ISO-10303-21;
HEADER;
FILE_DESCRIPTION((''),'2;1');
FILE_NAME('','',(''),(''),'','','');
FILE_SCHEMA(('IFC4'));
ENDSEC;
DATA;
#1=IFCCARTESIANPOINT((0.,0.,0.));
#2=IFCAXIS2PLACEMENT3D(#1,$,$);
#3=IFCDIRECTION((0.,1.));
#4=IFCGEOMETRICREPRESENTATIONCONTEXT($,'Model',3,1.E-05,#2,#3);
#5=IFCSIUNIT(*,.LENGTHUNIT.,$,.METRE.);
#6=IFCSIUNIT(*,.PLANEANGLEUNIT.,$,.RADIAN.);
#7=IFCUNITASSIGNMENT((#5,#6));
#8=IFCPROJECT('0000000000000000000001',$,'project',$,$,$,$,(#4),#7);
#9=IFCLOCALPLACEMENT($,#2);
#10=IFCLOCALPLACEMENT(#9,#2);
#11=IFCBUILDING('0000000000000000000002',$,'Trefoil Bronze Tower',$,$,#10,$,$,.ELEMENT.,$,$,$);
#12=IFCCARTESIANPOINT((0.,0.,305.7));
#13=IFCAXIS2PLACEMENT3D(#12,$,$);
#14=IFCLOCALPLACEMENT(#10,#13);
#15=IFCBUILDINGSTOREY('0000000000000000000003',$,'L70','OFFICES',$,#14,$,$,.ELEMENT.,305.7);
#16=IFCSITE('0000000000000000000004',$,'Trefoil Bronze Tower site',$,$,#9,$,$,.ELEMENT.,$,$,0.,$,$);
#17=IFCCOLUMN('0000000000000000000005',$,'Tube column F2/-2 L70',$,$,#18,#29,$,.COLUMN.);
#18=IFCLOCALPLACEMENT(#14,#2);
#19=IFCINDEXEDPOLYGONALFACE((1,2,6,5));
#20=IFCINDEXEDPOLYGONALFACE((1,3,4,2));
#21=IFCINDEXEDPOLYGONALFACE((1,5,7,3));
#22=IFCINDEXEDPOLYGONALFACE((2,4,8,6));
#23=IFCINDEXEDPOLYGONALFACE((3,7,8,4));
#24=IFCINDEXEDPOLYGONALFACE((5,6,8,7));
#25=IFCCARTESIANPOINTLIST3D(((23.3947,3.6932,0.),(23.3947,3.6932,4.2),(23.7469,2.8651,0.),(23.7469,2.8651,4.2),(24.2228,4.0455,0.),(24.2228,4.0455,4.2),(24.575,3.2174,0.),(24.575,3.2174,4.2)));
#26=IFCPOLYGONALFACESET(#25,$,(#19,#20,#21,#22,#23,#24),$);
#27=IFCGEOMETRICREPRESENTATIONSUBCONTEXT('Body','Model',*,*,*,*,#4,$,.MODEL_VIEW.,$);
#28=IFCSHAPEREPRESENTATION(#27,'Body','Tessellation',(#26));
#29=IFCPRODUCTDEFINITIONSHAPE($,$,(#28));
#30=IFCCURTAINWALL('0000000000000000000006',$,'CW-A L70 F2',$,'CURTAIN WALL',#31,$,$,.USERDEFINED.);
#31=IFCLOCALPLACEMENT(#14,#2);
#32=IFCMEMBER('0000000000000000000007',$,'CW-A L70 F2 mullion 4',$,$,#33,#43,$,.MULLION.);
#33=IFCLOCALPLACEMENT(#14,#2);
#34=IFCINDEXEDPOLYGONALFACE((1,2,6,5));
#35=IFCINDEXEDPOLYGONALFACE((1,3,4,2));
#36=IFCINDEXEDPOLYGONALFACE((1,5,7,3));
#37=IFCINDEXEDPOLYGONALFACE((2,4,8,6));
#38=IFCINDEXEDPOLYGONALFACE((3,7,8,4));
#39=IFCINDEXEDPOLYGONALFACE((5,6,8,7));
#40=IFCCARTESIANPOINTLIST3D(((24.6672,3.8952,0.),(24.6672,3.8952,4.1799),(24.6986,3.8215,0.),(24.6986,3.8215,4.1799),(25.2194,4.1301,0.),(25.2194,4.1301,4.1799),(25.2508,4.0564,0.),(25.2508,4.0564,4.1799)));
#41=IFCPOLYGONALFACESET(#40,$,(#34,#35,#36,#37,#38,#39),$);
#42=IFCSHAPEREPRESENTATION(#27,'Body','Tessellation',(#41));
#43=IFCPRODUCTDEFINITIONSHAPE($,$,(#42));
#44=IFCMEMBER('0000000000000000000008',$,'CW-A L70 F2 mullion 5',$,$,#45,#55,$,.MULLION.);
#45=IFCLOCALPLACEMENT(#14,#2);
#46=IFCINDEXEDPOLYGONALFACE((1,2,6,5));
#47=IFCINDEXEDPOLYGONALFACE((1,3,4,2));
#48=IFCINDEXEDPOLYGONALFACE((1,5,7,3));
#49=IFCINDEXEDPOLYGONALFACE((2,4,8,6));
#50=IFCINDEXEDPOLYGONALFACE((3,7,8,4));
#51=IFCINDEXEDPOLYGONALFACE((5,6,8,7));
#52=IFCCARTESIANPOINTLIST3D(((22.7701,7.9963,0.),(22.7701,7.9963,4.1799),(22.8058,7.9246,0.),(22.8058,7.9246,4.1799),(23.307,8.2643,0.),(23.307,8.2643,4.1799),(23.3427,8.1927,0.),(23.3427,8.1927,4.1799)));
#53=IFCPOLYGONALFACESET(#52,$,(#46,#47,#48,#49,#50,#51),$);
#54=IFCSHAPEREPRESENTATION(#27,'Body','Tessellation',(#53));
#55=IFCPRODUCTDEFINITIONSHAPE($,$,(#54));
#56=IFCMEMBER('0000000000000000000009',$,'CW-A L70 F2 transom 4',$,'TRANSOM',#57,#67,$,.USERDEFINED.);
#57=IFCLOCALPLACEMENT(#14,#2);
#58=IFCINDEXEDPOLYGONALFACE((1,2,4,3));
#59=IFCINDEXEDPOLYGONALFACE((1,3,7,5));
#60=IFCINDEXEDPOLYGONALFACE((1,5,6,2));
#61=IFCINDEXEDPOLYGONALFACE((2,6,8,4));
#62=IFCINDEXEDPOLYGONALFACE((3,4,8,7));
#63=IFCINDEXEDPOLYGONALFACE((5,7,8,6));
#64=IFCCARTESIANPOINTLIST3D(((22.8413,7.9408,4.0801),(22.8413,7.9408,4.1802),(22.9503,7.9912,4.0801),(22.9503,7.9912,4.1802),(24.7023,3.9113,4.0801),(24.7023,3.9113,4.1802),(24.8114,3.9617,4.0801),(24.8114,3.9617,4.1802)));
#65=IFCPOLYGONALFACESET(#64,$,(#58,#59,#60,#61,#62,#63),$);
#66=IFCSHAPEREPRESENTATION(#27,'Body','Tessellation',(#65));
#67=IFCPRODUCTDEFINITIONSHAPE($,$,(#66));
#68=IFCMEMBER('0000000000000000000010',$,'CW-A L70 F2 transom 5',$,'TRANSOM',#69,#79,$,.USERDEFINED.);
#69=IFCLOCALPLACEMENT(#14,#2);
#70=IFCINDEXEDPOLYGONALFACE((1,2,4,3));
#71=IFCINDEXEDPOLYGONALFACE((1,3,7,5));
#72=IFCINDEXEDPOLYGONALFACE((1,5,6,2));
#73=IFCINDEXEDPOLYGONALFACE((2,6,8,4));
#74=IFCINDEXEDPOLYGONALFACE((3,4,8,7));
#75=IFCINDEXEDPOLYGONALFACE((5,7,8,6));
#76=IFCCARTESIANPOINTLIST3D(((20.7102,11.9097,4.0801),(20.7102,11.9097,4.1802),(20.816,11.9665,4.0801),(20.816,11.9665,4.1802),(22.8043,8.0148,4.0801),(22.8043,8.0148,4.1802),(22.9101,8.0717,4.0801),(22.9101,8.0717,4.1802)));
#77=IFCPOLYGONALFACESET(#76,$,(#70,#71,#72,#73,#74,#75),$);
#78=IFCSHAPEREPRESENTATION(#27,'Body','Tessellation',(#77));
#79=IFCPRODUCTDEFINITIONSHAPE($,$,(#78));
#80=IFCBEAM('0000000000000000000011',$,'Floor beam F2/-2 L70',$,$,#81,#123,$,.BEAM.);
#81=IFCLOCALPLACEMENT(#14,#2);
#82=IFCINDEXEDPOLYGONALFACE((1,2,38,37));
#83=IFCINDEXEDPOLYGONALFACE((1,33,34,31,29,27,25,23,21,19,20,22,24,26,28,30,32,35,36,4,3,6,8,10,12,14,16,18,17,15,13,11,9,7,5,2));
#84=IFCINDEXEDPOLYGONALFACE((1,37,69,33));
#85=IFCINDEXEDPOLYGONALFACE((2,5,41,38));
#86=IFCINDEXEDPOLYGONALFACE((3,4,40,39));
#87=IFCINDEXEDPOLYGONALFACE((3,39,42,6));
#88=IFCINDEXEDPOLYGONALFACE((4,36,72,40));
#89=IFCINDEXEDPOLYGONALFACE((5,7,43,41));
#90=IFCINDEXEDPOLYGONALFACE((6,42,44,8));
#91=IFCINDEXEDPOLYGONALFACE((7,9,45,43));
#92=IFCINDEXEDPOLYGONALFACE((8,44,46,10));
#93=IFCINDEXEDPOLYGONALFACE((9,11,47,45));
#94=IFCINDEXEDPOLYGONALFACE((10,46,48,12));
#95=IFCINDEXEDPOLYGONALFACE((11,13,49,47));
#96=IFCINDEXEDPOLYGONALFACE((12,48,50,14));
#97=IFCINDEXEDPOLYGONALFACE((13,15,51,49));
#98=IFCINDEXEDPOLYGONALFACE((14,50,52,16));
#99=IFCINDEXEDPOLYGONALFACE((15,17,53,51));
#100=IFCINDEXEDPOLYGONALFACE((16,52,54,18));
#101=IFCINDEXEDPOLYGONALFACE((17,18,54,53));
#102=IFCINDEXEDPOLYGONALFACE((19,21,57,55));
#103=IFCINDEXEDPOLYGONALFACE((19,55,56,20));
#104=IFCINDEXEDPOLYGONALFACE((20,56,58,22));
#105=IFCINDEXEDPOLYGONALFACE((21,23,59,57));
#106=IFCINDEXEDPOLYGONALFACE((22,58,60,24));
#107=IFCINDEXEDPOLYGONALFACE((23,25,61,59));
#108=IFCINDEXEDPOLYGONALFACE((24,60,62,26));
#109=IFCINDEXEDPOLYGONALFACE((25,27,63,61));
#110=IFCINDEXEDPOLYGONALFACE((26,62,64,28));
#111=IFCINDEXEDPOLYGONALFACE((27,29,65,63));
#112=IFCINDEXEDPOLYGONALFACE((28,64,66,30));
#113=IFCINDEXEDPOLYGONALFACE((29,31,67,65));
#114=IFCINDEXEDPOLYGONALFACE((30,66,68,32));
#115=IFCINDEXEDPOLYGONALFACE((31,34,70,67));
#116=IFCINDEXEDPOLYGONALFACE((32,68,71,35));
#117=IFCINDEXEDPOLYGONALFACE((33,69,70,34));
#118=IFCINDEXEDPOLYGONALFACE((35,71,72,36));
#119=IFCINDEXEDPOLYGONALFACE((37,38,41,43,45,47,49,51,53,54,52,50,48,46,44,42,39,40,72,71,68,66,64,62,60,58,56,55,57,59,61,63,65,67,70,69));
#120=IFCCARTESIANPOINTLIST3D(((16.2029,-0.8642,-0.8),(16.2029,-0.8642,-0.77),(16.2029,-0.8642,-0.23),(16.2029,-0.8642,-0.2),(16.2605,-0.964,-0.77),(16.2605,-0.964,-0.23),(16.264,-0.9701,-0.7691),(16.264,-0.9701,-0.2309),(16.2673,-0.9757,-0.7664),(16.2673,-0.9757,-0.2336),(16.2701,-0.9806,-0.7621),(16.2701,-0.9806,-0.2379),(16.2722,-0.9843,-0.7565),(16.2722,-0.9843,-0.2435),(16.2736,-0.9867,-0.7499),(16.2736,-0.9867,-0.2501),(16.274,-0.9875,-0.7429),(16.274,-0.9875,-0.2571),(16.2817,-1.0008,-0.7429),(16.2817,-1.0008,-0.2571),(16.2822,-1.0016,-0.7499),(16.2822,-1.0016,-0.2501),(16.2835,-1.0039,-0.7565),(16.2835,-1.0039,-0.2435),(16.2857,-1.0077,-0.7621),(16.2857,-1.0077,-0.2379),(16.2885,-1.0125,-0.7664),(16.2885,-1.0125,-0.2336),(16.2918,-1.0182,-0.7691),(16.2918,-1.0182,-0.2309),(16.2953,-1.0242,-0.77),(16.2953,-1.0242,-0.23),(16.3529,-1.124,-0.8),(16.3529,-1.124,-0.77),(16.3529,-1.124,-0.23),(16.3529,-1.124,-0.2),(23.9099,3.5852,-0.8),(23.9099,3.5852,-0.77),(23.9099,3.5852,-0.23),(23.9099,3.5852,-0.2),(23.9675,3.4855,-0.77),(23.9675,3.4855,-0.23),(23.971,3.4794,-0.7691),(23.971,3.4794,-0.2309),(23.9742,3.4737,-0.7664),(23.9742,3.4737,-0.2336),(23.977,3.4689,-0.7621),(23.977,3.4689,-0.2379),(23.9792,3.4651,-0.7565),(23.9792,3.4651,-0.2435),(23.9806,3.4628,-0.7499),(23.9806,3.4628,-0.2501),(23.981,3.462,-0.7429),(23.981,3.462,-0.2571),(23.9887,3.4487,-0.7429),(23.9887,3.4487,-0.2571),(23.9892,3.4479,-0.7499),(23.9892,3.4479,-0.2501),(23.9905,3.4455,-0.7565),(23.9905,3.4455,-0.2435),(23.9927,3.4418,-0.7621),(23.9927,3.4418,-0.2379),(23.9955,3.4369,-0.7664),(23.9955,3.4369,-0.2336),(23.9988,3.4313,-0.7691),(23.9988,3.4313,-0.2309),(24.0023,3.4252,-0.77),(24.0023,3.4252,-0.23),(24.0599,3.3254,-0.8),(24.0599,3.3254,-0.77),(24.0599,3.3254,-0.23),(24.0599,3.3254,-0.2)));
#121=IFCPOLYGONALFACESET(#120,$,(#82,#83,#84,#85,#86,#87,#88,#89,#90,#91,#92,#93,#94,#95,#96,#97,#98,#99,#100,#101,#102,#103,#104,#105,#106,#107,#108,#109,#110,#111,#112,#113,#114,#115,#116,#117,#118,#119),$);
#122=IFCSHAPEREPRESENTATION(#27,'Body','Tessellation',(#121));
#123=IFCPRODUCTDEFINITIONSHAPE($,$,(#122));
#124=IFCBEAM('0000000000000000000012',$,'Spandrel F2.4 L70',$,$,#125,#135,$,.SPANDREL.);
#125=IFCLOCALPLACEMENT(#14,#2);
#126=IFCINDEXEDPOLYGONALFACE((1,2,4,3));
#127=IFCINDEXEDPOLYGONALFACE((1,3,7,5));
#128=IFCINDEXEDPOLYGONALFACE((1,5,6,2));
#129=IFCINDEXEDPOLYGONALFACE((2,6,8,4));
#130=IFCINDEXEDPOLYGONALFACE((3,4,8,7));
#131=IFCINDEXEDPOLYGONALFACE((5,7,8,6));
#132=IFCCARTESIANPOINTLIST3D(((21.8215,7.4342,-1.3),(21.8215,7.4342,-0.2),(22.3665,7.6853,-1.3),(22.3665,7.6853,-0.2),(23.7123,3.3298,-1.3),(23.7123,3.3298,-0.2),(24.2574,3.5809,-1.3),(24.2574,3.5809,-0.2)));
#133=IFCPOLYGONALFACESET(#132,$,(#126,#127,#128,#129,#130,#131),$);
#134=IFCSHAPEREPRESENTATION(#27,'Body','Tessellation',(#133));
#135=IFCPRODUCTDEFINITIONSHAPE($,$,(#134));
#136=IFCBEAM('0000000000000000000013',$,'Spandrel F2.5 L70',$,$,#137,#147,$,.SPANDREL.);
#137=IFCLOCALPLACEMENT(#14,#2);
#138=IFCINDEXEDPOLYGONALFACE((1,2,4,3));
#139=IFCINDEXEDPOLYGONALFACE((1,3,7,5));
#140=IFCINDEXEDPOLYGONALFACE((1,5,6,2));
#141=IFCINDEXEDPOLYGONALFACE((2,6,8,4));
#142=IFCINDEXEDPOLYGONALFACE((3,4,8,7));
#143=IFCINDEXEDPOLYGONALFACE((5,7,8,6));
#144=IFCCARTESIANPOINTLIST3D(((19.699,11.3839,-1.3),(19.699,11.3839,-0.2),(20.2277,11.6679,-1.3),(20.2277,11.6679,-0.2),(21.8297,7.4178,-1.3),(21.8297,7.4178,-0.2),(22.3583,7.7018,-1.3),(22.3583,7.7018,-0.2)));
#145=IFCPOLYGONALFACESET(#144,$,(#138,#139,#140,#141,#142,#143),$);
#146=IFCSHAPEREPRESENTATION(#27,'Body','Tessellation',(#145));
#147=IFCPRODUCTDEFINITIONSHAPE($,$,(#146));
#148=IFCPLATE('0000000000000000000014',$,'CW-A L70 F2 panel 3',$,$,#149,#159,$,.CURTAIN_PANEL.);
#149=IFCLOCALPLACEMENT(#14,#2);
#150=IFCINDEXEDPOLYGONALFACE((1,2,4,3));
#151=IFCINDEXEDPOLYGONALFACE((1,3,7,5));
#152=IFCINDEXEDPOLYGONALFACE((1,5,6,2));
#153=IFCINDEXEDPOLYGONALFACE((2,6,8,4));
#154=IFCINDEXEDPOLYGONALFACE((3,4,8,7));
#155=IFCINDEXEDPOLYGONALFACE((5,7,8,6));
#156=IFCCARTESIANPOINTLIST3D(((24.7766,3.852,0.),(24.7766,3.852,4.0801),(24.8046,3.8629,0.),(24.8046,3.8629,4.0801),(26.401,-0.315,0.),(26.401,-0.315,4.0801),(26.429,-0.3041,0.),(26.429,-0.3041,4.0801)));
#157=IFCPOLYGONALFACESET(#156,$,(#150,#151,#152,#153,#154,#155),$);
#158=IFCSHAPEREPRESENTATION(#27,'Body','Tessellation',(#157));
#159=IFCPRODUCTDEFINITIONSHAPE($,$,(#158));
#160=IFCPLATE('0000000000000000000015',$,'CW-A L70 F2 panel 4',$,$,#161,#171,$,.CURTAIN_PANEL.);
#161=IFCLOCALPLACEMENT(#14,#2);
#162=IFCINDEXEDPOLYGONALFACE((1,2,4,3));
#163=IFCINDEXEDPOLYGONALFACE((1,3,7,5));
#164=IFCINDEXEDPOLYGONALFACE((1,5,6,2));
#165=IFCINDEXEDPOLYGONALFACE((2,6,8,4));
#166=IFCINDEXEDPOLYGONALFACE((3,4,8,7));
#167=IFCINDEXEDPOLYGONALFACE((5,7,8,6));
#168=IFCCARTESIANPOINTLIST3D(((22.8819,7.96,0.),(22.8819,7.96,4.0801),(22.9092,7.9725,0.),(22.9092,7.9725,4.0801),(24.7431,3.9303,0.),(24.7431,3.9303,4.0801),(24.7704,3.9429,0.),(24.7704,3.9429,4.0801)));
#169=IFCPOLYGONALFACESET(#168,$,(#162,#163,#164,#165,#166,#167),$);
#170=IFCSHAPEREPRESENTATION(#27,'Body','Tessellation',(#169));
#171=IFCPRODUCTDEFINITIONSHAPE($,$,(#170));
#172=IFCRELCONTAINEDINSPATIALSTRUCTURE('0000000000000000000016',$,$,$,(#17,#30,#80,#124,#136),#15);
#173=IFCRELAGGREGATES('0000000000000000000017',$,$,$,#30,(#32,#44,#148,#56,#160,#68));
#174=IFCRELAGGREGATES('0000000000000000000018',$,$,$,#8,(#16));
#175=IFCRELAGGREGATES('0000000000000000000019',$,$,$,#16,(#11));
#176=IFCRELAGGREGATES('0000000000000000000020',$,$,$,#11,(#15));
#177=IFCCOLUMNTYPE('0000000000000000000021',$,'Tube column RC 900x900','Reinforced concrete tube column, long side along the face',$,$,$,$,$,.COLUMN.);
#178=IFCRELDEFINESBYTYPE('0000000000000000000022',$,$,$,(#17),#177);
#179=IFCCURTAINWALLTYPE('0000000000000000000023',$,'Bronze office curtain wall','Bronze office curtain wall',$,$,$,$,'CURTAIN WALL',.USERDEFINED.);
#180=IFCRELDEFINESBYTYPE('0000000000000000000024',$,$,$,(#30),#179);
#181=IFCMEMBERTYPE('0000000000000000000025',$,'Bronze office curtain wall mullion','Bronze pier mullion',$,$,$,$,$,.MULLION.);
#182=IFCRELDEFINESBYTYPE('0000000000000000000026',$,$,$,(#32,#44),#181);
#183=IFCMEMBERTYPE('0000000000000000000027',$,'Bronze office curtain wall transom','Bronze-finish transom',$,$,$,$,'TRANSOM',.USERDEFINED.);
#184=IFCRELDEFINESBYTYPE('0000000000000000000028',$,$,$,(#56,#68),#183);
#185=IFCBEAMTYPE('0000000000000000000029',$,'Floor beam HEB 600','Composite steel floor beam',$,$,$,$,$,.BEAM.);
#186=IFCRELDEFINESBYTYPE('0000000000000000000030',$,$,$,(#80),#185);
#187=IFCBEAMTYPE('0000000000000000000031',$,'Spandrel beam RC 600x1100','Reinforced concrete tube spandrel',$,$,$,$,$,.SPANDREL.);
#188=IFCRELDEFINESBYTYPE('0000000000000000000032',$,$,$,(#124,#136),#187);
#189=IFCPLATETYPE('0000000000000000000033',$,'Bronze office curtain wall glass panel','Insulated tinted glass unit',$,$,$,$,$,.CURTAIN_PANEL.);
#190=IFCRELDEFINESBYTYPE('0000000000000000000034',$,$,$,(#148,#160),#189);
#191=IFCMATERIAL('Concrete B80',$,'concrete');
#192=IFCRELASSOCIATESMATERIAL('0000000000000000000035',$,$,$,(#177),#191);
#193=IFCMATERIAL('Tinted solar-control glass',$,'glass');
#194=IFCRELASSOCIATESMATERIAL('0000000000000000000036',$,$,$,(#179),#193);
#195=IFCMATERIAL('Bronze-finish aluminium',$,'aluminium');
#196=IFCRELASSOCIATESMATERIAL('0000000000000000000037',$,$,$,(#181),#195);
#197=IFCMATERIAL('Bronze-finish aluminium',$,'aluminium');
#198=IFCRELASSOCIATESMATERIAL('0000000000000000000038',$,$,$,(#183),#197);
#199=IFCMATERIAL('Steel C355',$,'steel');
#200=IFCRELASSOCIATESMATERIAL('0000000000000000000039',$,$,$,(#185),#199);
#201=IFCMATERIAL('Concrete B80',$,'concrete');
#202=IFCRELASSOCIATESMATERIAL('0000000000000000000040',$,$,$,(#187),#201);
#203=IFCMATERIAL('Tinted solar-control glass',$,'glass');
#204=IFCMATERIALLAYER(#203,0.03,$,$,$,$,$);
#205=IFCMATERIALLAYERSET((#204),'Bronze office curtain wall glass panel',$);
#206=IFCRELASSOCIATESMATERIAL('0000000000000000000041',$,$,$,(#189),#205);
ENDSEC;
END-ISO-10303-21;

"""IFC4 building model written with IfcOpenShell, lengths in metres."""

from ifc_helpers import new_model, si_unit, direction, frame, origin, origin_2d, place, context, subcontext, project, spatial, rectangle, i_section, extrude, material, layer, layer_set, material_profile, profile_set, type_object, element, aggregate, save


model = new_model("IFC4")

# Units and contexts
model_context = context("Model", 3, precision=1e-05, world=origin(), true_north=direction((0.0, 1.0)))
body_context = subcontext(model_context, "Body", "Model", "MODEL_VIEW")
ifc_project = project(units=[si_unit("LENGTHUNIT", "METRE"), si_unit("PLANEANGLEUNIT", "RADIAN")], contexts=[model_context])

# Site, building, storey
site_placement = place(None, origin())
site = spatial("IfcSite", under=ifc_project, at=site_placement, Name="Trefoil Bronze Tower site", CompositionType="ELEMENT", RefElevation=0.0)
building_placement = place(site_placement, origin())
building = spatial("IfcBuilding", under=site, at=building_placement, Name="Trefoil Bronze Tower", CompositionType="ELEMENT")
storey_placement = place(building_placement, frame((0.0, 0.0, 305.7)))
storey = spatial("IfcBuildingStorey", under=building, at=storey_placement, Name="L70", Description="OFFICES", CompositionType="ELEMENT", Elevation=305.7)

# Column
ifc_material_1 = material(Name="Concrete B80", Category="concrete")
ifc_material_profile_1 = material_profile(ifc_material_1, rectangle(XDim=0.8999, YDim=0.8999, at=origin_2d()), Name="RC 900x900")
ifc_profile_set_1 = profile_set([ifc_material_profile_1], Name="Concrete B80")
column_type = type_object("IfcColumnType", Name="Tube column RC 900x900", Description="Reinforced concrete tube column, long side along the face", PredefinedType="COLUMN", material=ifc_profile_set_1)
column_placement = place(storey_placement, frame((23.9849, 3.4553, 0.0), z_axis=(0.0, 0.0, 1.0), x_axis=(-0.391436, 0.920205, 0.0)))
element("IfcColumn", 1, at=column_placement, inside=storey, type_object=column_type, Name="Tube column F2/-2 L70", PredefinedType="COLUMN", context=body_context, shape_type="SweptSolid", body=[
    extrude(rectangle(XDim=0.8999, YDim=0.8999, at=origin_2d()), origin(), (0.0, 0.0, 1.0), 4.2),
])

# Curtain wall, members
ifc_material_2 = material(Name="Tinted solar-control glass", Category="glass")
curtain_wall_type = type_object("IfcCurtainWallType", Name="Bronze office curtain wall", Description="Bronze office curtain wall", ElementType="CURTAIN WALL", PredefinedType="USERDEFINED", material=ifc_material_2)
curtain_wall_placement = place(storey_placement, origin())
curtain_wall = element("IfcCurtainWall", 2, at=curtain_wall_placement, inside=storey, type_object=curtain_wall_type, Name="CW-A L70 F2", ObjectType="CURTAIN WALL", PredefinedType="USERDEFINED")
ifc_material_3 = material(Name="Bronze-finish aluminium", Category="aluminium")
ifc_material_profile_2 = material_profile(ifc_material_3, rectangle(XDim=0.6001, YDim=0.0801, at=origin_2d()), Name="CW-A mullion")
ifc_profile_set_2 = profile_set([ifc_material_profile_2], Name="Bronze-finish aluminium")
member_type_1 = type_object("IfcMemberType", Name="Bronze office curtain wall mullion", Description="Bronze pier mullion", PredefinedType="MULLION", material=ifc_profile_set_2)
member_1_placement = place(storey_placement, frame((24.959, 3.9758, 0.0), z_axis=(0.0, 0.0, 1.0), x_axis=(-0.920205, -0.391436, 0.0)))
member_1 = element("IfcMember", 3, at=member_1_placement, type_object=member_type_1, Name="CW-A L70 F2 mullion 4", PredefinedType="MULLION", context=body_context, shape_type="SweptSolid", body=[
    extrude(rectangle(XDim=0.6001, YDim=0.0801, at=origin_2d()), origin(), (0.0, 0.0, 1.0), 4.1799),
])
member_2_placement = place(storey_placement, frame((23.0564, 8.0945, 0.0), z_axis=(0.0, 0.0, 1.0), x_axis=(-0.894713, -0.446641, 0.0)))
member_2 = element("IfcMember", 4, at=member_2_placement, type_object=member_type_1, Name="CW-A L70 F2 mullion 5", PredefinedType="MULLION", context=body_context, shape_type="SweptSolid", body=[
    extrude(rectangle(XDim=0.6001, YDim=0.0801, at=origin_2d()), origin(), (0.0, 0.0, 1.0), 4.1799),
])
ifc_material_4 = material(Name="Bronze-finish aluminium", Category="aluminium")
ifc_material_profile_3 = material_profile(ifc_material_4, rectangle(XDim=0.1201, YDim=0.1001, at=origin_2d()), Name="CW-A transom")
ifc_profile_set_3 = profile_set([ifc_material_profile_3], Name="Bronze-finish aluminium")
member_type_2 = type_object("IfcMemberType", Name="Bronze office curtain wall transom", Description="Bronze-finish transom", ElementType="TRANSOM", PredefinedType="USERDEFINED", material=ifc_profile_set_3)
member_3_placement = place(storey_placement, frame((24.7568, 3.9365, 4.1301), z_axis=(-0.419299, 0.907848, 0.0), x_axis=(-0.907848, -0.419299, 0.0)))
member_3 = element("IfcMember", 5, at=member_3_placement, type_object=member_type_2, Name="CW-A L70 F2 transom 4", ObjectType="TRANSOM", PredefinedType="USERDEFINED", context=body_context, shape_type="SweptSolid", body=[
    extrude(rectangle(XDim=0.1201, YDim=0.1001, at=origin_2d()), origin(), (0.0, 0.0, 1.0), 4.4385),
])
member_4_placement = place(storey_placement, frame((22.8572, 8.0432, 4.1301), z_axis=(-0.47354, 0.880772, 0.0), x_axis=(-0.880772, -0.47354, 0.0)))
member_4 = element("IfcMember", 6, at=member_4_placement, type_object=member_type_2, Name="CW-A L70 F2 transom 5", ObjectType="TRANSOM", PredefinedType="USERDEFINED", context=body_context, shape_type="SweptSolid", body=[
    extrude(rectangle(XDim=0.1201, YDim=0.1001, at=origin_2d()), origin(), (0.0, 0.0, 1.0), 4.4221),
])

# Beams
ifc_material_5 = material(Name="Steel C355", Category="steel")
ifc_material_profile_4 = material_profile(ifc_material_5, i_section(OverallWidth=0.3, OverallDepth=0.6001, WebThickness=0.0154, FlangeThickness=0.03, FilletRadius=0.0271, at=origin_2d()), Name="HEB 600")
ifc_profile_set_4 = profile_set([ifc_material_profile_4], Name="Steel C355")
beam_type_1 = type_object("IfcBeamType", Name="Floor beam HEB 600", Description="Composite steel floor beam", PredefinedType="BEAM", material=ifc_profile_set_4)
beam_1_placement = place(storey_placement, frame((23.9849, 3.4553, -0.5), z_axis=(-0.866035, -0.499984, 0.0), x_axis=(0.499984, -0.866035, 0.0)))
element("IfcBeam", 7, at=beam_1_placement, inside=storey, type_object=beam_type_1, Name="Floor beam F2/-2 L70", PredefinedType="BEAM", context=body_context, shape_type="SweptSolid", body=[
    extrude(i_section(OverallWidth=0.3, OverallDepth=0.6001, WebThickness=0.0154, FlangeThickness=0.03, FilletRadius=0.0271, at=origin_2d()), origin(), (0.0, 0.0, 1.0), 8.8992),
])
ifc_material_6 = material(Name="Concrete B80", Category="concrete")
ifc_material_profile_5 = material_profile(ifc_material_6, rectangle(XDim=0.6001, YDim=1.1001, at=origin_2d()), Name="RC 600x1100")
ifc_profile_set_5 = profile_set([ifc_material_profile_5], Name="Concrete B80")
beam_type_2 = type_object("IfcBeamType", Name="Spandrel beam RC 600x1100", Description="Reinforced concrete tube spandrel", PredefinedType="SPANDREL", material=ifc_profile_set_5)
beam_2_placement = place(storey_placement, frame((23.9849, 3.4553, -0.75), z_axis=(-0.418417, 0.908255, 0.0), x_axis=(-0.908255, -0.418417, 0.0)))
element("IfcBeam", 8, at=beam_2_placement, inside=storey, type_object=beam_type_2, Name="Spandrel F2.4 L70", PredefinedType="SPANDREL", context=body_context, shape_type="SweptSolid", body=[
    extrude(rectangle(XDim=0.6001, YDim=1.1001, at=origin_2d()), origin(), (0.0, 0.0, 1.0), 4.519),
])
beam_3_placement = place(storey_placement, frame((22.094, 7.5598, -0.75), z_axis=(-0.473246, 0.88093, 0.0), x_axis=(-0.88093, -0.473246, 0.0)))
element("IfcBeam", 9, at=beam_3_placement, inside=storey, type_object=beam_type_2, Name="Spandrel F2.5 L70", PredefinedType="SPANDREL", context=body_context, shape_type="SweptSolid", body=[
    extrude(rectangle(XDim=0.6001, YDim=1.1001, at=origin_2d()), origin(), (0.0, 0.0, 1.0), 4.5022),
])

# Plates
ifc_material_7 = material(Name="Tinted solar-control glass", Category="glass")
ifc_layer_1 = layer(ifc_material_7, 0.03)
ifc_layer_set_1 = layer_set([ifc_layer_1], Name="Bronze office curtain wall glass panel")
plate_type = type_object("IfcPlateType", Name="Bronze office curtain wall glass panel", Description="Insulated tinted glass unit", PredefinedType="CURTAIN_PANEL", material=ifc_layer_set_1)
plate_1_placement = place(storey_placement, frame((25.6028, 1.7739, 0.0), z_axis=(0.0, 0.0, 1.0), x_axis=(-0.363199, 0.931712, 0.0)))
plate_1 = element("IfcPlate", 10, at=plate_1_placement, type_object=plate_type, Name="CW-A L70 F2 panel 3", PredefinedType="CURTAIN_PANEL", context=body_context, shape_type="SweptSolid", body=[
    extrude(rectangle(XDim=4.4724, YDim=0.03, at=origin_2d()), origin(), (0.0, 0.0, 1.0), 4.0801),
])
plate_2_placement = place(storey_placement, frame((23.8262, 5.9514, 0.0), z_axis=(0.0, 0.0, 1.0), x_axis=(-0.419309, 0.907844, 0.0)))
plate_2 = element("IfcPlate", 11, at=plate_2_placement, type_object=plate_type, Name="CW-A L70 F2 panel 4", PredefinedType="CURTAIN_PANEL", context=body_context, shape_type="SweptSolid", body=[
    extrude(rectangle(XDim=4.4387, YDim=0.03, at=origin_2d()), origin(), (0.0, 0.0, 1.0), 4.0801),
])
aggregate(curtain_wall, [member_1, member_2, plate_1, member_3, plate_2, member_4])

save(model, "model.ifc")
